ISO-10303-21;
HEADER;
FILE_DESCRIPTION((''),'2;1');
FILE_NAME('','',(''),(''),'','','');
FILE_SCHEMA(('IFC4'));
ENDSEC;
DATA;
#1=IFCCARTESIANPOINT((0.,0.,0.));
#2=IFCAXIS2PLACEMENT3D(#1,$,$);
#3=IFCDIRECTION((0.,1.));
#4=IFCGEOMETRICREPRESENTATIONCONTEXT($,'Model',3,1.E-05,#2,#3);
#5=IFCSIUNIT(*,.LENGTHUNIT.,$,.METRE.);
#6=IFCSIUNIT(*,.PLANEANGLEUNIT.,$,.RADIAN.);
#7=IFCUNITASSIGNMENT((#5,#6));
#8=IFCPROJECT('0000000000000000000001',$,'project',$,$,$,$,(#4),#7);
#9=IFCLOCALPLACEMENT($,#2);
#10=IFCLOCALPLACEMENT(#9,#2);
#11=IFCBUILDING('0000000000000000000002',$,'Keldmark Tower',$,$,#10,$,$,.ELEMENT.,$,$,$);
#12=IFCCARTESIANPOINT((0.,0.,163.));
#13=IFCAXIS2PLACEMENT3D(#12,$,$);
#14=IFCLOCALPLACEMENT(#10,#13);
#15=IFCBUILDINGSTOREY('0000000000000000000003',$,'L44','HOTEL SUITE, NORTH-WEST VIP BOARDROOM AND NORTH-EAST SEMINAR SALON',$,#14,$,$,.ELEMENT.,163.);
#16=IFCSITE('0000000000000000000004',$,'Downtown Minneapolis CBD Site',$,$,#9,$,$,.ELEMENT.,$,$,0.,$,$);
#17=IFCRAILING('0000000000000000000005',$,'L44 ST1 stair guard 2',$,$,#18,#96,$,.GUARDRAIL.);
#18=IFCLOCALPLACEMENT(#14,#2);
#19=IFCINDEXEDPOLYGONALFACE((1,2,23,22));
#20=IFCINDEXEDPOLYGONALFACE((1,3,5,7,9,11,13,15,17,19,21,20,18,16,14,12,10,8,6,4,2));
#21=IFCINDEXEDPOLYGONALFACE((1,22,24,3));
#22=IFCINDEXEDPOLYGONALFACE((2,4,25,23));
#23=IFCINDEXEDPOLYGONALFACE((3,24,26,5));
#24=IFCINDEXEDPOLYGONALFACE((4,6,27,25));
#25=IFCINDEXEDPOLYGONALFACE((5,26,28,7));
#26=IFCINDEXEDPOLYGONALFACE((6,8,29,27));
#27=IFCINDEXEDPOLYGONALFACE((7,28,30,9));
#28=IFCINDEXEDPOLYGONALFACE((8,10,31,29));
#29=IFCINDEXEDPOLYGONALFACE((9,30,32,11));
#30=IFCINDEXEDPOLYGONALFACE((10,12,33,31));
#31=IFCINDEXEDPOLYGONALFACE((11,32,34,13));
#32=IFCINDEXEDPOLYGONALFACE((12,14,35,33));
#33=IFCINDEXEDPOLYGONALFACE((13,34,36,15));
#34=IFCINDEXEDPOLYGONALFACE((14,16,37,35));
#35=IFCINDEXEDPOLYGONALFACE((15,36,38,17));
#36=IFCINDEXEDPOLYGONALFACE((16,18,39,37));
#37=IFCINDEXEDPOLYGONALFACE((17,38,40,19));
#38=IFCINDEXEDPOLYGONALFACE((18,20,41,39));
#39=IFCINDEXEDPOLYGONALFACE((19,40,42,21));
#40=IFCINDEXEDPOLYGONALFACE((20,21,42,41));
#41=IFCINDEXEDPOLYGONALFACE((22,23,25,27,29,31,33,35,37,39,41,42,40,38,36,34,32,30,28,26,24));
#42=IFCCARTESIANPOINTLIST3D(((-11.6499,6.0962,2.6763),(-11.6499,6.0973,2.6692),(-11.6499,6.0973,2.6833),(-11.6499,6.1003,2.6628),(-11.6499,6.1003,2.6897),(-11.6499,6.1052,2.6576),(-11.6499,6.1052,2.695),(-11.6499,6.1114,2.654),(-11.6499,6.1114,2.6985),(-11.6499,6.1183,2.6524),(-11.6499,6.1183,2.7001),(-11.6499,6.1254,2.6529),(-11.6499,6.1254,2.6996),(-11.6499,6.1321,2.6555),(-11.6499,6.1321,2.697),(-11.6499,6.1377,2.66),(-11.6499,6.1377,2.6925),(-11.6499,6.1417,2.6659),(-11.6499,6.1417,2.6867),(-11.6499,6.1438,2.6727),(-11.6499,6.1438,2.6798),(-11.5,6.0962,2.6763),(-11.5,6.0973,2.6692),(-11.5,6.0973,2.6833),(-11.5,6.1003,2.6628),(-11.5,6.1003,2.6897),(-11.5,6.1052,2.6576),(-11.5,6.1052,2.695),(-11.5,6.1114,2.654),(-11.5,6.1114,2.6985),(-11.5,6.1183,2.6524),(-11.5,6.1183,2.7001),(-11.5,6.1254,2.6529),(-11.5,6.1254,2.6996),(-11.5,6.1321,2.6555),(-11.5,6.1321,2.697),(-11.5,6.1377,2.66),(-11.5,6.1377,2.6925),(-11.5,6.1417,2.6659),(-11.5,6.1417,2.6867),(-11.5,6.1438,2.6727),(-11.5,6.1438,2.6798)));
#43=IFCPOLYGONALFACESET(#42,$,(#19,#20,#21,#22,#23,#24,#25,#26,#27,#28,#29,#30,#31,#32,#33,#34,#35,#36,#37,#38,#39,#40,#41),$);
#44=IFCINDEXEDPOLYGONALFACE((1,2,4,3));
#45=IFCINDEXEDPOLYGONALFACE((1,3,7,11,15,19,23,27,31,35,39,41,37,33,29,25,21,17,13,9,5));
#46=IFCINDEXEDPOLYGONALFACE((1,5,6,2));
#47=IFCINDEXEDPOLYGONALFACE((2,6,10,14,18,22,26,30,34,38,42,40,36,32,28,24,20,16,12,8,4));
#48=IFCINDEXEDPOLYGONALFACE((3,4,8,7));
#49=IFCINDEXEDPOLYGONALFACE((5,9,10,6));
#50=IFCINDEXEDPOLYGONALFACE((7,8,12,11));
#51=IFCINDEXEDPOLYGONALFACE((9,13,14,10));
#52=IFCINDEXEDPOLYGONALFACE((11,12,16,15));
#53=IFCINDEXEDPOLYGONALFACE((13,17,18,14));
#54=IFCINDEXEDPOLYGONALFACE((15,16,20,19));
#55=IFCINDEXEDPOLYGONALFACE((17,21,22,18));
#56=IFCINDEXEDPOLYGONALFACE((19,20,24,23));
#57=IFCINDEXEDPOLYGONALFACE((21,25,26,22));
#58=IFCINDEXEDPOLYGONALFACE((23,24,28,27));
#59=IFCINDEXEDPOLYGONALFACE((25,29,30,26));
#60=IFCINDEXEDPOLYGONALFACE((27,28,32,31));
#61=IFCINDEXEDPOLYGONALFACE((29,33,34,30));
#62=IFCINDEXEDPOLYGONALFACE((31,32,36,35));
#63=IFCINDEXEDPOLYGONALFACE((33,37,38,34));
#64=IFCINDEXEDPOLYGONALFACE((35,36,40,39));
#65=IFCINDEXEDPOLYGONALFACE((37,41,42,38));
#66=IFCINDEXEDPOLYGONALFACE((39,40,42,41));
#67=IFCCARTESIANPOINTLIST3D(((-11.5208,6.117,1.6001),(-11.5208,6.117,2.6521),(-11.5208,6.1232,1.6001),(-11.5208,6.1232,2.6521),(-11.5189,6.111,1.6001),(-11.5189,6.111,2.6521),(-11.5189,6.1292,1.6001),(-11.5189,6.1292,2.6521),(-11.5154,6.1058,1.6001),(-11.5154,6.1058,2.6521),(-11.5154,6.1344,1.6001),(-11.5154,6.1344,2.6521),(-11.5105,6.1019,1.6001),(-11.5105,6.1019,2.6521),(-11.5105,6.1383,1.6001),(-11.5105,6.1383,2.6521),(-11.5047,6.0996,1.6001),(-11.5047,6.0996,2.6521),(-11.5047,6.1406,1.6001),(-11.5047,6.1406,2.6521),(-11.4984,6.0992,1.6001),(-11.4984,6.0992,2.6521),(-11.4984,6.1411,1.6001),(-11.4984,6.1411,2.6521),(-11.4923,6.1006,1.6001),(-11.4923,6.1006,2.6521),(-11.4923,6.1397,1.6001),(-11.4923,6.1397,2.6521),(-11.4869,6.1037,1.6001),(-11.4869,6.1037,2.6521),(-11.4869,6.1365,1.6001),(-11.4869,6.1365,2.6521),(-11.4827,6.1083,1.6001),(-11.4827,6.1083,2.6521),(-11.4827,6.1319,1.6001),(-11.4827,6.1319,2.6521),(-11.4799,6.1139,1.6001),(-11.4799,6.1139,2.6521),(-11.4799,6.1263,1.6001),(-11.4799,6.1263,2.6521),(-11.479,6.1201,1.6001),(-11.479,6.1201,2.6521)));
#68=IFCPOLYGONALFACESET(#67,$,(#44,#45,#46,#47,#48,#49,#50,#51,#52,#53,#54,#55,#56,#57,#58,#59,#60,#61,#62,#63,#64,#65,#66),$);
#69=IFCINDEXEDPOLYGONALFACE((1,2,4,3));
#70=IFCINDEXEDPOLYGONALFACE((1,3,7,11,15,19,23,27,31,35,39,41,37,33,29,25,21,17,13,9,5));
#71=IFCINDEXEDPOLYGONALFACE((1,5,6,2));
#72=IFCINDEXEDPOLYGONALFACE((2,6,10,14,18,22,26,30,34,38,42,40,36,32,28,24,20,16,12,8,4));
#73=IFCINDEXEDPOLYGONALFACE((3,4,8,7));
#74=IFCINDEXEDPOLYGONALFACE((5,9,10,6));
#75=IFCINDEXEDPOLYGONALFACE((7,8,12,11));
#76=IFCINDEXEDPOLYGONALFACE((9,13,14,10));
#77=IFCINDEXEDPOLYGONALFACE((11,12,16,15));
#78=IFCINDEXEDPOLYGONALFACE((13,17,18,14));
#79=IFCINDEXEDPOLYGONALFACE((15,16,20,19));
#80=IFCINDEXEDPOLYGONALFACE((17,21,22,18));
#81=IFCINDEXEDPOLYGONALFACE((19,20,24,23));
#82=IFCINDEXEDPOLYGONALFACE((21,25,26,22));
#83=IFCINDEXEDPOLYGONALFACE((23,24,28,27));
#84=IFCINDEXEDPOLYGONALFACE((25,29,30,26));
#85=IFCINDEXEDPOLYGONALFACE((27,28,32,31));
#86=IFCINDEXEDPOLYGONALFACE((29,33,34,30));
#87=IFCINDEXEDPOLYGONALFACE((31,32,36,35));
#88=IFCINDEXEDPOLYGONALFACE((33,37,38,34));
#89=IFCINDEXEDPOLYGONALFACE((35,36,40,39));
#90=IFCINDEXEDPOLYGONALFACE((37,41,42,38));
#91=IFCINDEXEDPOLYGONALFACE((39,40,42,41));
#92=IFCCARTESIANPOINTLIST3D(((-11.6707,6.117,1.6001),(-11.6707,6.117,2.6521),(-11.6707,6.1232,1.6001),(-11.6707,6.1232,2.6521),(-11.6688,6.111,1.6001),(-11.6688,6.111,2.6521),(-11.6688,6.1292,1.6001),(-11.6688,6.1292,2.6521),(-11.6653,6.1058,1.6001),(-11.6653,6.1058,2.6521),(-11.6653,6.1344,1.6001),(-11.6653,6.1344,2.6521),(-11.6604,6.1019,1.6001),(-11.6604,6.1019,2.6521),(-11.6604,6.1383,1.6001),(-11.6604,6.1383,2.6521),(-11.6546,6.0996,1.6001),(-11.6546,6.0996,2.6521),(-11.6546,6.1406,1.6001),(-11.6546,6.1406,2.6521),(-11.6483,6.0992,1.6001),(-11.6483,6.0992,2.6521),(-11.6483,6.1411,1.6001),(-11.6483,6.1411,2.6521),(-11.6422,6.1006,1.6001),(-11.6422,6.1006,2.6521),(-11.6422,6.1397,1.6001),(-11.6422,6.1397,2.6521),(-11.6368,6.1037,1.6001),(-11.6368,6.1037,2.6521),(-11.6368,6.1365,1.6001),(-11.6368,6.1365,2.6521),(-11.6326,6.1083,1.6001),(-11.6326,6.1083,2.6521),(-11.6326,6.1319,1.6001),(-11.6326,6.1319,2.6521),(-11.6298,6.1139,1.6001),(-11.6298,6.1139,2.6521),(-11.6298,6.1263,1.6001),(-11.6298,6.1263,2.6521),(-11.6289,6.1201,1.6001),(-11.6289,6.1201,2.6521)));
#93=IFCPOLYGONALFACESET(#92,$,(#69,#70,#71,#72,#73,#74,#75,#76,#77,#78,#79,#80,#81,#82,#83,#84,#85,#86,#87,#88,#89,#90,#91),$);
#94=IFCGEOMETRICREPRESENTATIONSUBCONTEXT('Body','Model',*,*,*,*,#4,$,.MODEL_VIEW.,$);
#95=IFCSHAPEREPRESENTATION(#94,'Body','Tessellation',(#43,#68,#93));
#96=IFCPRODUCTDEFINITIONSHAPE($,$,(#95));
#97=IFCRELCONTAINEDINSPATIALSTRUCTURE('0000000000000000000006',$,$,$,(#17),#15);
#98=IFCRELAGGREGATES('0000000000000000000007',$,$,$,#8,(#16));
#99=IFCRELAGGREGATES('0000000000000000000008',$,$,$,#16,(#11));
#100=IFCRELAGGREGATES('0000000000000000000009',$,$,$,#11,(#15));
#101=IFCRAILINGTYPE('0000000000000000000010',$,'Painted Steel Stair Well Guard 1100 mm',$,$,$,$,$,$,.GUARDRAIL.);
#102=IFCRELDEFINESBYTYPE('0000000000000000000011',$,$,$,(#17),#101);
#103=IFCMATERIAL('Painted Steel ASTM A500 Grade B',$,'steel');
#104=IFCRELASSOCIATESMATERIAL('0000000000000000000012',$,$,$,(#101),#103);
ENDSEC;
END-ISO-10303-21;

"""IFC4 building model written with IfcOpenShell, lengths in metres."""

from ifc_helpers import new_model, si_unit, direction, frame, origin, origin_2d, place, context, subcontext, project, spatial, circle, extrude, material, type_object, element, save


model = new_model("IFC4")

# Units and contexts
model_context = context("Model", 3, precision=1e-05, world=origin(), true_north=direction((0.0, 1.0)))
body_context = subcontext(model_context, "Body", "Model", "MODEL_VIEW")
ifc_project = project(units=[si_unit("LENGTHUNIT", "METRE"), si_unit("PLANEANGLEUNIT", "RADIAN")], contexts=[model_context])

# Site, building, storey
site_placement = place(None, origin())
site = spatial("IfcSite", under=ifc_project, at=site_placement, Name="Downtown Minneapolis CBD Site", CompositionType="ELEMENT", RefElevation=0.0)
building_placement = place(site_placement, origin())
building = spatial("IfcBuilding", under=site, at=building_placement, Name="Keldmark Tower", CompositionType="ELEMENT")
storey_placement = place(building_placement, frame((0.0, 0.0, 163.0)))
storey = spatial("IfcBuildingStorey", under=building, at=storey_placement, Name="L44", Description="HOTEL SUITE, NORTH-WEST VIP BOARDROOM AND NORTH-EAST SEMINAR SALON", CompositionType="ELEMENT", Elevation=163.0)

# Railing
ifc_material_1 = material(Name="Painted Steel ASTM A500 Grade B", Category="steel")
railing_type_1 = type_object("IfcRailingType", Name="Painted Steel Stair Well Guard 1100 mm", PredefinedType="GUARDRAIL", material=ifc_material_1)
railing_1_placement = place(storey_placement, frame((-11.5, 6.1201, 1.6001)))
element("IfcRailing", 1, at=railing_1_placement, inside=storey, type_object=railing_type_1, Name="L44 ST1 stair guard 2", PredefinedType="GUARDRAIL", context=body_context, shape_type="SweptSolid", body=[
    extrude(circle(Radius=0.0239, at=origin_2d()), frame((0.0, 0.0, 1.0762), z_axis=(-1.0, 0.0, 0.0), x_axis=(0.0, -1.0, 0.0)), (0.0, 0.0, 1.0), 0.1499),
    extrude(circle(Radius=0.021, at=origin_2d()), origin(), (0.0, 0.0, 1.0), 1.052),
    extrude(circle(Radius=0.021, at=origin_2d()), frame((-0.1499, 0.0, 0.0)), (0.0, 0.0, 1.0), 1.052),
])

save(model, "model.ifc")
